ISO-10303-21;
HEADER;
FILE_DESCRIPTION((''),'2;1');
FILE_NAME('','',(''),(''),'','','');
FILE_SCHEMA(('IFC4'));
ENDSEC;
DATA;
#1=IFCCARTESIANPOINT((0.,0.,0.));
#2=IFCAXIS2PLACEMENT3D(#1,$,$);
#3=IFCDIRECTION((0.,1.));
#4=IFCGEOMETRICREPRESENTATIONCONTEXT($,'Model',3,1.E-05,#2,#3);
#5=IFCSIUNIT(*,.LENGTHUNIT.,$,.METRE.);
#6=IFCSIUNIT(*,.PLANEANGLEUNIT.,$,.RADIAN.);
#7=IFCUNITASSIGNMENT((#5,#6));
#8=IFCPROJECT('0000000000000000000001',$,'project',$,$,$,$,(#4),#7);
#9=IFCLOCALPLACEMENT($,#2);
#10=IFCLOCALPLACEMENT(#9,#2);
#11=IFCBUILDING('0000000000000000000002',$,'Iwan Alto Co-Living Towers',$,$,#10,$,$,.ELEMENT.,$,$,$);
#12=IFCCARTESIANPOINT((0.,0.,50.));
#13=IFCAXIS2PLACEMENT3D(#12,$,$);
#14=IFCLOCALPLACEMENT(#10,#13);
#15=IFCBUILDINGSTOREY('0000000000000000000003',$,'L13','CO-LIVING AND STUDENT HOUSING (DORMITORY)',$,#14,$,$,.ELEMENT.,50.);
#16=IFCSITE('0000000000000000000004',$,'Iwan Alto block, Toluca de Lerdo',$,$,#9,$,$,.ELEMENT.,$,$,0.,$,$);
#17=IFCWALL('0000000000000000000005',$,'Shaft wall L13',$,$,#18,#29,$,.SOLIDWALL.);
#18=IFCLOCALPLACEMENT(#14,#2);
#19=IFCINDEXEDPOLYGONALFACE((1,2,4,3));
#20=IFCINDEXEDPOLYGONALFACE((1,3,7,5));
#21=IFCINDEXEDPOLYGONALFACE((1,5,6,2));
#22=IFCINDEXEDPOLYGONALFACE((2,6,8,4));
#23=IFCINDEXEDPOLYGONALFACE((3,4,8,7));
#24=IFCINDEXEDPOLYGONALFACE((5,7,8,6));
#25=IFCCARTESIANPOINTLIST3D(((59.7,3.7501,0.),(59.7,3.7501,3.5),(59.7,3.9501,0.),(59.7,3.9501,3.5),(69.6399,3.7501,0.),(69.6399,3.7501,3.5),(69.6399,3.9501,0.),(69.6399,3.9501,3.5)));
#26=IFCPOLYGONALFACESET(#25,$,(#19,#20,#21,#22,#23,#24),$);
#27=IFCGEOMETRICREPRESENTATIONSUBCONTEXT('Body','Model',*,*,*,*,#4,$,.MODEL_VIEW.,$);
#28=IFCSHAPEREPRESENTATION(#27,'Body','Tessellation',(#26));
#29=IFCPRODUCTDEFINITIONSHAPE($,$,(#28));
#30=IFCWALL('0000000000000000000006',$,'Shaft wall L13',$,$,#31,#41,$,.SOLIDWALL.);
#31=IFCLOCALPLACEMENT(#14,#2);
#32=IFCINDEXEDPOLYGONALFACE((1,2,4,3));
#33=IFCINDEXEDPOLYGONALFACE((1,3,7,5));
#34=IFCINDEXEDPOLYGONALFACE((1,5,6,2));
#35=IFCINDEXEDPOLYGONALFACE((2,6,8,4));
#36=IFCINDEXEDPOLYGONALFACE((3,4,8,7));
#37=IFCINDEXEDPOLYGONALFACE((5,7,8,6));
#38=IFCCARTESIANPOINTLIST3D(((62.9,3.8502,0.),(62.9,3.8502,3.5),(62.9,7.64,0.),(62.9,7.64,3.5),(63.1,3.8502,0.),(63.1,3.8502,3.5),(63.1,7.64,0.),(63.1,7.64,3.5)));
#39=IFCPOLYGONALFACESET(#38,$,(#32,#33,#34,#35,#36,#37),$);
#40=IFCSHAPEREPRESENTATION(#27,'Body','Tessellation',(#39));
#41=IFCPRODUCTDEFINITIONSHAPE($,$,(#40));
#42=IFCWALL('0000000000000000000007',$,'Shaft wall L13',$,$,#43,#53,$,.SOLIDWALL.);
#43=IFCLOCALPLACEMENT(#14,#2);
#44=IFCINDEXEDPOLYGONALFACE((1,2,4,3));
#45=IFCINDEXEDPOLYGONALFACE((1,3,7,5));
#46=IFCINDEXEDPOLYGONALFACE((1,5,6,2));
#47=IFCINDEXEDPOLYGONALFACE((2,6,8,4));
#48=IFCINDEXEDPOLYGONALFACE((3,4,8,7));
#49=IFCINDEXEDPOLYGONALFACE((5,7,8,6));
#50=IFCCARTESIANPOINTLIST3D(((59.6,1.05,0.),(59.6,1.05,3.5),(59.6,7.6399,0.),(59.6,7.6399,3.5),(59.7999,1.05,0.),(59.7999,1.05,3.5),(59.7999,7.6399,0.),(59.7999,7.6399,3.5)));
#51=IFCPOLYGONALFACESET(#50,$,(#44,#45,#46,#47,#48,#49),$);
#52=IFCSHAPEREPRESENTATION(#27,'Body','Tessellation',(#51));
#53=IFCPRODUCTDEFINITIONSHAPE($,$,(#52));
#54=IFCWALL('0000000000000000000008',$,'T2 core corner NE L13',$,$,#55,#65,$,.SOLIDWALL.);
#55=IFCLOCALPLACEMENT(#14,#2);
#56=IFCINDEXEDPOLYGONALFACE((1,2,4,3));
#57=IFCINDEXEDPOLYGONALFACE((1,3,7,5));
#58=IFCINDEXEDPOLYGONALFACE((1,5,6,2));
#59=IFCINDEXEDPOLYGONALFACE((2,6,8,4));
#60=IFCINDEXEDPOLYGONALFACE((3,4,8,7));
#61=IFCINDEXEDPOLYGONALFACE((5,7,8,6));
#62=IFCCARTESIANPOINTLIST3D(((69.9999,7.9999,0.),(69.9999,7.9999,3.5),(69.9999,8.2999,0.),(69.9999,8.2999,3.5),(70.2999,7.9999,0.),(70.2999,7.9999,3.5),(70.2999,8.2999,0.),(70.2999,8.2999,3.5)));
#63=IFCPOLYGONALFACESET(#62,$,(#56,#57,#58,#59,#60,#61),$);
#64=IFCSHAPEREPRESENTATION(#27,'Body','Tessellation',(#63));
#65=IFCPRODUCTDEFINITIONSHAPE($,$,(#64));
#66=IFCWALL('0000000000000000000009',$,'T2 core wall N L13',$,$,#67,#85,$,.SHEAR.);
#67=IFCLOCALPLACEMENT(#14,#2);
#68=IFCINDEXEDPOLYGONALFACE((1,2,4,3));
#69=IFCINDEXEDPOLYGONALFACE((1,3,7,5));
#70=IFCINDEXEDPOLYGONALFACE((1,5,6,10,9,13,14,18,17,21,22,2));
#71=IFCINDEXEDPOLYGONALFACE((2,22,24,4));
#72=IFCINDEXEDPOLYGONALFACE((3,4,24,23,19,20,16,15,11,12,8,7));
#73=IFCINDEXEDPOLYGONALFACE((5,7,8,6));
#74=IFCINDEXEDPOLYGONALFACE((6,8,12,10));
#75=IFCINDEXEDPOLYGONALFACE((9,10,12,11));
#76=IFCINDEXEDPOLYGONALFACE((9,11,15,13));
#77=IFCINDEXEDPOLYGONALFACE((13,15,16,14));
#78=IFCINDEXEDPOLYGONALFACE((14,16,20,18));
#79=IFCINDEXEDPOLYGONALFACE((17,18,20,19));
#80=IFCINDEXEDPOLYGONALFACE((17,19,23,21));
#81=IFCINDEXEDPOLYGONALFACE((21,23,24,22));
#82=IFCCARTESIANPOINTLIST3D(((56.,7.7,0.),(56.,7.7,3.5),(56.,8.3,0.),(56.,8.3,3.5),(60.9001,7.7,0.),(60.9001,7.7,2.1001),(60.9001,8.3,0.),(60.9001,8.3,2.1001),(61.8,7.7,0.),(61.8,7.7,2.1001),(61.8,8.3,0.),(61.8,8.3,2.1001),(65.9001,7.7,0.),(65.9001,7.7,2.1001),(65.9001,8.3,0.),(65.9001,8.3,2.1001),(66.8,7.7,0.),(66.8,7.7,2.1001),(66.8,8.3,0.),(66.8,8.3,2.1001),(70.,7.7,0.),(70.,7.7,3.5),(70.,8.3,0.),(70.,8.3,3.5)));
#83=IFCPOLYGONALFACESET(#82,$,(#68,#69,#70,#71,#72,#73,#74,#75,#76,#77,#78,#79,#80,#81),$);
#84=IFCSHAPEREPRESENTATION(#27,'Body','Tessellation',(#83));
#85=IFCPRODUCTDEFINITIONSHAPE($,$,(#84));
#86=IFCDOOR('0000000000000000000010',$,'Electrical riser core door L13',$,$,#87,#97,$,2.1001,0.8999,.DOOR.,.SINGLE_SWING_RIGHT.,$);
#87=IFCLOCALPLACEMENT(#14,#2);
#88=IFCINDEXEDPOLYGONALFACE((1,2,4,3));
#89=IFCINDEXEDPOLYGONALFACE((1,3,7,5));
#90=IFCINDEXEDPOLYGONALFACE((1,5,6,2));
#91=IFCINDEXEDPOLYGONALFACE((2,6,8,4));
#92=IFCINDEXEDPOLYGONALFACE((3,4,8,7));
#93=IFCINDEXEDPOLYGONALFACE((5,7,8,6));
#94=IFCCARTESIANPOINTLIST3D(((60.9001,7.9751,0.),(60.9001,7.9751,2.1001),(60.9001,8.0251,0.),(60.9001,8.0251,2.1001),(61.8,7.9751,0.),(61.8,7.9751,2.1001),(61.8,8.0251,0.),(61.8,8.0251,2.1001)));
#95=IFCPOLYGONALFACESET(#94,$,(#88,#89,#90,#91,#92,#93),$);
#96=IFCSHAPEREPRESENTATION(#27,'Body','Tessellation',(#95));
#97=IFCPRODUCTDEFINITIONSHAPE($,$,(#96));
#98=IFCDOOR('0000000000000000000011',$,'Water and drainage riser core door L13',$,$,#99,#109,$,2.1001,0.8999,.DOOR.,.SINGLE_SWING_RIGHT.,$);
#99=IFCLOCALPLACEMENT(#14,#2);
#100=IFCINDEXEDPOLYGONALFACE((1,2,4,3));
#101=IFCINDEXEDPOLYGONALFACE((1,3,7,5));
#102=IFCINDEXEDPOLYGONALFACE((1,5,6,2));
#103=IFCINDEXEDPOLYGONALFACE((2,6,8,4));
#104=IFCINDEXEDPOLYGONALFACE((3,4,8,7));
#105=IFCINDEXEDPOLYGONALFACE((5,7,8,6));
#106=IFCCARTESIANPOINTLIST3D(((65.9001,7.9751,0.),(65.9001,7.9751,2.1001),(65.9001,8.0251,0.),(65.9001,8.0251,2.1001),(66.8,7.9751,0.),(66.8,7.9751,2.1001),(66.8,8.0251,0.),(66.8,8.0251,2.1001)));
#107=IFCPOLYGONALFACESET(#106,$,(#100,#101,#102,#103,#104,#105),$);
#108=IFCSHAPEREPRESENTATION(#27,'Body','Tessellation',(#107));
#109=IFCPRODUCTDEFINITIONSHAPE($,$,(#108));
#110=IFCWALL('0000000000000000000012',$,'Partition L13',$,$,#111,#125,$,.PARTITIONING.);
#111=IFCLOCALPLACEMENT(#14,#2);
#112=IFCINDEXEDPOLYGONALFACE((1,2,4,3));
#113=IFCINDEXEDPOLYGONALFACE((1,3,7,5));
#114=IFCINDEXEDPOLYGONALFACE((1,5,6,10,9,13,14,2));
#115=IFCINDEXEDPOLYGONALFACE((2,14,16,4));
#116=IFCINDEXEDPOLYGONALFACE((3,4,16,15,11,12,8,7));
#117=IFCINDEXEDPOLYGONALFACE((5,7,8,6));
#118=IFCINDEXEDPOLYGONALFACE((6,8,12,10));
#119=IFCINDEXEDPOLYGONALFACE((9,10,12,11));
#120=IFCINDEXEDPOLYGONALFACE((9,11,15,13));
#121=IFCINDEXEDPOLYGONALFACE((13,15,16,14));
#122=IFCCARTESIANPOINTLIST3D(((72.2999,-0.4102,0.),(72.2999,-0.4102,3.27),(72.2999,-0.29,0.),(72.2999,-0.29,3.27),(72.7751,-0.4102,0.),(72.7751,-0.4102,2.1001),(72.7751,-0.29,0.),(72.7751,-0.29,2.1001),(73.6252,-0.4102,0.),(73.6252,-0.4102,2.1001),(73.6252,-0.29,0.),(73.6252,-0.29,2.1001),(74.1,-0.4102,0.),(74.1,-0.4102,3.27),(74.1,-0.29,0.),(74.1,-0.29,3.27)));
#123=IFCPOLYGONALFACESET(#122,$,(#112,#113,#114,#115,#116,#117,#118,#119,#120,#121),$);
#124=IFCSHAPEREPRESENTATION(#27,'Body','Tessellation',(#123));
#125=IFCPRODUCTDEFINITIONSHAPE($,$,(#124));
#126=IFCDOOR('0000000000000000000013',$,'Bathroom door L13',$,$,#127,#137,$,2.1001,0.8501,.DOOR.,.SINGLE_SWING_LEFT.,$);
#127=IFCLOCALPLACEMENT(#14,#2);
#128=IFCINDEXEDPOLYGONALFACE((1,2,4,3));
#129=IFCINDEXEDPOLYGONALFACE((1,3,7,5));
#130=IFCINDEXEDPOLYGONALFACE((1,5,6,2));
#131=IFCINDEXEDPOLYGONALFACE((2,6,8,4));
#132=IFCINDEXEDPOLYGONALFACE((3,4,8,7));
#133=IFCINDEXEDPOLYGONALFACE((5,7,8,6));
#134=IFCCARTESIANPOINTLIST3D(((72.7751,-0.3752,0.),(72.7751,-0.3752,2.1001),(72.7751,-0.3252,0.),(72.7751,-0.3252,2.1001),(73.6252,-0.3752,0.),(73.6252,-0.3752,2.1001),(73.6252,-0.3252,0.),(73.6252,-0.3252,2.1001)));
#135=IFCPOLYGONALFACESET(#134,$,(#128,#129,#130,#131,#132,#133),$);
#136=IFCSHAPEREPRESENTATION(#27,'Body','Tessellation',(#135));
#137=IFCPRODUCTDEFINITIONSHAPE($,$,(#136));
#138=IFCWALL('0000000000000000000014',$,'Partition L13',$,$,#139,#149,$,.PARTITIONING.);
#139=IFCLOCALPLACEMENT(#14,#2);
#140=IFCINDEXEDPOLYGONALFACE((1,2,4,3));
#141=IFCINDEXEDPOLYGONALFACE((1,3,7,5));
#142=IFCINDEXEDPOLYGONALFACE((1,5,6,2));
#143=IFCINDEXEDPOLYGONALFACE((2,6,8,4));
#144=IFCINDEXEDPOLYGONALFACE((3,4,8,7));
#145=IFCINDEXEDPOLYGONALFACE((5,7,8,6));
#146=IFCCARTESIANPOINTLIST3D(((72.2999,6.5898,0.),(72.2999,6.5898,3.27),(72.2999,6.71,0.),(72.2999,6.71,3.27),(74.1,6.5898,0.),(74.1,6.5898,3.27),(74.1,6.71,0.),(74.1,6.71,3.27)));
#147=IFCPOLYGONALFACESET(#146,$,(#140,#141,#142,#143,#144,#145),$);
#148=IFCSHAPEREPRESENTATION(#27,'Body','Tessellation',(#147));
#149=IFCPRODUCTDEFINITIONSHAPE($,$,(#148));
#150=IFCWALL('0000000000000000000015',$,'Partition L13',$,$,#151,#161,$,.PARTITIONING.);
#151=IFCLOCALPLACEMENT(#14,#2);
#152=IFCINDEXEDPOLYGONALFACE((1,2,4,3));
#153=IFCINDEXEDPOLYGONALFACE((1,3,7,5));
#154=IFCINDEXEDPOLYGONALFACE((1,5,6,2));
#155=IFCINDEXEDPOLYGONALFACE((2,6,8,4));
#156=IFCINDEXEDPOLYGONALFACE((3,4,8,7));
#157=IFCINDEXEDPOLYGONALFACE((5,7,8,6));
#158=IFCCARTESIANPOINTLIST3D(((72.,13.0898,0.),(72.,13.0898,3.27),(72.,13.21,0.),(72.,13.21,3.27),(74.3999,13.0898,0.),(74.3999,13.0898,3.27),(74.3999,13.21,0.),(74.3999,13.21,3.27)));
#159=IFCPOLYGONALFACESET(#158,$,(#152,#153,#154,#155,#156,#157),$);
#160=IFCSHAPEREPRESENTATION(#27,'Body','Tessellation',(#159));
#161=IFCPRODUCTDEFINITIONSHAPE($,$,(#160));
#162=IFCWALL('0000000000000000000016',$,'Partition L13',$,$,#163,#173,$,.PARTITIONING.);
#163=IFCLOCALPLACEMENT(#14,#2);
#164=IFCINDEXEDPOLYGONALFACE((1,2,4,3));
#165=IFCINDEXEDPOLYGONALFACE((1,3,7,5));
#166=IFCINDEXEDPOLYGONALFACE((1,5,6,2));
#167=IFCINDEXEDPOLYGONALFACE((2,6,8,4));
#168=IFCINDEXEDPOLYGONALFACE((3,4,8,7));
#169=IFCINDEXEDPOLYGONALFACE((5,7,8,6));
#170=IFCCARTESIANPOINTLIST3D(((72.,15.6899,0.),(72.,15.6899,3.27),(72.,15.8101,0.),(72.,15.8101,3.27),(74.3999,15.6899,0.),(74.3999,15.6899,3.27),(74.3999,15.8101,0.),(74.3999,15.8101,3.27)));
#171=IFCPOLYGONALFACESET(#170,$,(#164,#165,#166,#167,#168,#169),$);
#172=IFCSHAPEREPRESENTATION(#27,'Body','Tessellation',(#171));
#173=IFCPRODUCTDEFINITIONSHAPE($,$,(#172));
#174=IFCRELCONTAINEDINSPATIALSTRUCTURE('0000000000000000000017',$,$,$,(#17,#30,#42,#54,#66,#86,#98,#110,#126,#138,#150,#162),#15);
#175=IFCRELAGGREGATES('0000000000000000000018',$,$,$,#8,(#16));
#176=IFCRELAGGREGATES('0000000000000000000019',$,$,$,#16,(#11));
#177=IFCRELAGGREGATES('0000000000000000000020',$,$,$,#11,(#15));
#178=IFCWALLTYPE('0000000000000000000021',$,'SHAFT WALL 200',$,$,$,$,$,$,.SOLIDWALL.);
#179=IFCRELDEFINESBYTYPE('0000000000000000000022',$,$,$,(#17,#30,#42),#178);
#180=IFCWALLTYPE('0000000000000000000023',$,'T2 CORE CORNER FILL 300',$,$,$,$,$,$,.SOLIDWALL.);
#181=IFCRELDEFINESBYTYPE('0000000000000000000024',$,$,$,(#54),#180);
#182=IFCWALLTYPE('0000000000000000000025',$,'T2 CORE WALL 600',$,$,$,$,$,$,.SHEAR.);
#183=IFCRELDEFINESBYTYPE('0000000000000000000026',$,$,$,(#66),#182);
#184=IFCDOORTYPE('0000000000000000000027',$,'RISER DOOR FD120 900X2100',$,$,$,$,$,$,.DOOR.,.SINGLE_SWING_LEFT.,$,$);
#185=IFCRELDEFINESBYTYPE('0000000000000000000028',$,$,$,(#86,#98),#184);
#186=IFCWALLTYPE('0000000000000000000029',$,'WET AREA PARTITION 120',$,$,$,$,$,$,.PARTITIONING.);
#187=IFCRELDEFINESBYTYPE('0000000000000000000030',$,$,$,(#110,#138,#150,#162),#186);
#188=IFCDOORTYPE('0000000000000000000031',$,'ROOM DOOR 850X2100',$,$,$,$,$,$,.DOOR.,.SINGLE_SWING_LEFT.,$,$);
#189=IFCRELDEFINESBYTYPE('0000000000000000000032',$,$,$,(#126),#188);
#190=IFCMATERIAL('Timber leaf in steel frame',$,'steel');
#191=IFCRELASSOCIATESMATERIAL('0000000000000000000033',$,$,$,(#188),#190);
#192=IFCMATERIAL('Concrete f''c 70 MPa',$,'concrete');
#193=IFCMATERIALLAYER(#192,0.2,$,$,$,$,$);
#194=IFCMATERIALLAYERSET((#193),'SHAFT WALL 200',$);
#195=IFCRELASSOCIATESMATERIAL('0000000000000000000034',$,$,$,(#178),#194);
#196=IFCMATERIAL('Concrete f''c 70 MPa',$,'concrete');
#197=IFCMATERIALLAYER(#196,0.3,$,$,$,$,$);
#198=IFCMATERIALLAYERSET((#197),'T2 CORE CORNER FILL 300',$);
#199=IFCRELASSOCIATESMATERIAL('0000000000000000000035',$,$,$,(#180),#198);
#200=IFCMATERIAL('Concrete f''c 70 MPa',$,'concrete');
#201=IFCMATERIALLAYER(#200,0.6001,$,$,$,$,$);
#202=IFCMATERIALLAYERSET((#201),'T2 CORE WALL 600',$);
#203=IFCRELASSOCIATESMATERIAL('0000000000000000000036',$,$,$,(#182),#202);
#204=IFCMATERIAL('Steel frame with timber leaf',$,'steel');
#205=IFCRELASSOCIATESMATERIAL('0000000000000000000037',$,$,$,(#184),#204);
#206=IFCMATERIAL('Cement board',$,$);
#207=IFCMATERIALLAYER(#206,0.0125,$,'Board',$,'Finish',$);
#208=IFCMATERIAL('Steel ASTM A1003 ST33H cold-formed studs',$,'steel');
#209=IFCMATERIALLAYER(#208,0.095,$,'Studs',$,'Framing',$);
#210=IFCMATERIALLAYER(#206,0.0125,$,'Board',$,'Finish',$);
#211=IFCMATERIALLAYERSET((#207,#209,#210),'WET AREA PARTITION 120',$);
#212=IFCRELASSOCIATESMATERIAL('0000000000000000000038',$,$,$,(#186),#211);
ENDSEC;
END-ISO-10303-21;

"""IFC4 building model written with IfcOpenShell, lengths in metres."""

from ifc_helpers import new_model, si_unit, direction, frame, frame_2d, origin, place, context, subcontext, project, spatial, rectangle, extrude, material, layer, layer_set, type_object, element, fill, save


model = new_model("IFC4")

# Units and contexts
model_context = context("Model", 3, precision=1e-05, world=origin(), true_north=direction((0.0, 1.0)))
body_context = subcontext(model_context, "Body", "Model", "MODEL_VIEW")
ifc_project = project(units=[si_unit("LENGTHUNIT", "METRE"), si_unit("PLANEANGLEUNIT", "RADIAN")], contexts=[model_context])

# Site, building, storey
site_placement = place(None, origin())
site = spatial("IfcSite", under=ifc_project, at=site_placement, Name="Iwan Alto block, Toluca de Lerdo", CompositionType="ELEMENT", RefElevation=0.0)
building_placement = place(site_placement, origin())
building = spatial("IfcBuilding", under=site, at=building_placement, Name="Iwan Alto Co-Living Towers", CompositionType="ELEMENT")
storey_placement = place(building_placement, frame((0.0, 0.0, 50.0)))
storey = spatial("IfcBuildingStorey", under=building, at=storey_placement, Name="L13", Description="CO-LIVING AND STUDENT HOUSING (DORMITORY)", CompositionType="ELEMENT", Elevation=50.0)

# Shared definitions
ifc_material_1 = material(Name="Steel ASTM A1003 ST33H cold-formed studs", Category="steel")
ifc_material_2 = material(Name="Timber leaf in steel frame", Category="steel")
door_type_1 = type_object("IfcDoorType", Name="ROOM DOOR 850X2100", OperationType="SINGLE_SWING_LEFT", PredefinedType="DOOR", material=ifc_material_2)

# Walls
ifc_material_3 = material(Name="Concrete f'c 70 MPa", Category="concrete")
ifc_layer_1 = layer(ifc_material_3, 0.2)
ifc_layer_set_1 = layer_set([ifc_layer_1], Name="SHAFT WALL 200")
wall_type_1 = type_object("IfcWallType", Name="SHAFT WALL 200", PredefinedType="SOLIDWALL", material=ifc_layer_set_1)
wall_1_placement = place(storey_placement, frame((59.7, 3.8501, 0.0), z_axis=(0.0, 0.0, 1.0), x_axis=(1.0, 0.0, 0.0)))
element("IfcWall", 1, at=wall_1_placement, inside=storey, type_object=wall_type_1, Name="Shaft wall L13", PredefinedType="SOLIDWALL", context=body_context, shape_type="SweptSolid", body=[
    extrude(rectangle(XDim=9.9399, YDim=0.2, at=frame_2d((4.97, 0.0))), origin(), (0.0, 0.0, 1.0), 3.5),
])
wall_2_placement = place(storey_placement, frame((63.0, 3.8501, 0.0), z_axis=(0.0, 0.0, 1.0), x_axis=(0.0, 1.0, 0.0)))
element("IfcWall", 2, at=wall_2_placement, inside=storey, type_object=wall_type_1, Name="Shaft wall L13", PredefinedType="SOLIDWALL", context=body_context, shape_type="SweptSolid", body=[
    extrude(rectangle(XDim=3.7898, YDim=0.2, at=frame_2d((1.895, 0.0))), origin(), (0.0, 0.0, 1.0), 3.5),
])
wall_3_placement = place(storey_placement, frame((59.7, 1.05, 0.0), z_axis=(0.0, 0.0, 1.0), x_axis=(0.0, 1.0, 0.0)))
element("IfcWall", 3, at=wall_3_placement, inside=storey, type_object=wall_type_1, Name="Shaft wall L13", PredefinedType="SOLIDWALL", context=body_context, shape_type="SweptSolid", body=[
    extrude(rectangle(XDim=6.5898, YDim=0.2, at=frame_2d((3.2949, 0.0))), origin(), (0.0, 0.0, 1.0), 3.5),
])
ifc_material_4 = material(Name="Concrete f'c 70 MPa", Category="concrete")
ifc_layer_2 = layer(ifc_material_4, 0.3)
ifc_layer_set_2 = layer_set([ifc_layer_2], Name="T2 CORE CORNER FILL 300")
wall_type_2 = type_object("IfcWallType", Name="T2 CORE CORNER FILL 300", PredefinedType="SOLIDWALL", material=ifc_layer_set_2)
wall_4_placement = place(storey_placement, frame((70.0, 8.1499, 0.0), z_axis=(0.0, 0.0, 1.0), x_axis=(1.0, 0.0, 0.0)))
element("IfcWall", 4, at=wall_4_placement, inside=storey, type_object=wall_type_2, Name="T2 core corner NE L13", PredefinedType="SOLIDWALL", context=body_context, shape_type="SweptSolid", body=[
    extrude(rectangle(XDim=0.3, YDim=0.3, at=frame_2d((0.1499, 0.0))), origin(), (0.0, 0.0, 1.0), 3.5),
])

# Wall, openings, doors
ifc_material_5 = material(Name="Concrete f'c 70 MPa", Category="concrete")
ifc_layer_3 = layer(ifc_material_5, 0.6001)
ifc_layer_set_3 = layer_set([ifc_layer_3], Name="T2 CORE WALL 600")
wall_type_3 = type_object("IfcWallType", Name="T2 CORE WALL 600", PredefinedType="SHEAR", material=ifc_layer_set_3)
wall_5_placement = place(storey_placement, frame((70.0, 8.0, 0.0), z_axis=(0.0, 0.0, 1.0), x_axis=(-1.0, 0.0, 0.0)))
wall_5 = element("IfcWall", 5, at=wall_5_placement, inside=storey, type_object=wall_type_3, Name="T2 core wall N L13", PredefinedType="SHEAR", context=body_context, shape_type="SweptSolid", body=[
    extrude(rectangle(XDim=14.0, YDim=0.6001, at=frame_2d((7.0, 0.0))), origin(), (0.0, 0.0, 1.0), 3.5),
])
opening_1_placement = place(wall_5_placement, frame((8.2, 0.0, 0.0)))
opening_1 = element("IfcOpeningElement", 6, at=opening_1_placement, cuts=wall_5, PredefinedType="OPENING", context=body_context, shape_type="SweptSolid", body=[
    extrude(rectangle(XDim=0.8999, YDim=2.1001, at=frame_2d((0.45, 1.05))), frame((0.0, 0.3101, 0.0), z_axis=(0.0, -1.0, 0.0), x_axis=(1.0, 0.0, 0.0)), (0.0, 0.0, 1.0), 0.6201),
])
opening_2_placement = place(wall_5_placement, frame((3.2, 0.0, 0.0)))
opening_2 = element("IfcOpeningElement", 7, at=opening_2_placement, cuts=wall_5, PredefinedType="OPENING", context=body_context, shape_type="SweptSolid", body=[
    extrude(rectangle(XDim=0.8999, YDim=2.1001, at=frame_2d((0.45, 1.05))), frame((0.0, 0.3101, 0.0), z_axis=(0.0, -1.0, 0.0), x_axis=(1.0, 0.0, 0.0)), (0.0, 0.0, 1.0), 0.6201),
])
ifc_material_6 = material(Name="Steel frame with timber leaf", Category="steel")
door_type_2 = type_object("IfcDoorType", Name="RISER DOOR FD120 900X2100", OperationType="SINGLE_SWING_LEFT", PredefinedType="DOOR", material=ifc_material_6)
door_1_placement = place(opening_1_placement, origin())
door_1 = element("IfcDoor", 8, at=door_1_placement, inside=storey, type_object=door_type_2, Name="Electrical riser core door L13", OperationType="SINGLE_SWING_RIGHT", OverallHeight=2.1001, OverallWidth=0.8999, PredefinedType="DOOR", context=body_context, shape_type="SweptSolid", body=[
    extrude(rectangle(XDim=0.8999, YDim=2.1001, at=frame_2d((0.45, 1.05))), frame((0.0, 0.0249, 0.0), z_axis=(0.0, -1.0, 0.0), x_axis=(1.0, 0.0, 0.0)), (0.0, 0.0, 1.0), 0.05),
])
fill(opening_1, door_1)
door_2_placement = place(opening_2_placement, origin())
door_2 = element("IfcDoor", 9, at=door_2_placement, inside=storey, type_object=door_type_2, Name="Water and drainage riser core door L13", OperationType="SINGLE_SWING_RIGHT", OverallHeight=2.1001, OverallWidth=0.8999, PredefinedType="DOOR", context=body_context, shape_type="SweptSolid", body=[
    extrude(rectangle(XDim=0.8999, YDim=2.1001, at=frame_2d((0.45, 1.05))), frame((0.0, 0.0249, 0.0), z_axis=(0.0, -1.0, 0.0), x_axis=(1.0, 0.0, 0.0)), (0.0, 0.0, 1.0), 0.05),
])
fill(opening_2, door_2)

# Wall, opening, door
ifc_material_7 = material(Name="Cement board")
ifc_layer_4 = layer(ifc_material_7, 0.0125, Name="Board", Category="Finish")
ifc_layer_5 = layer(ifc_material_1, 0.095, Name="Studs", Category="Framing")
ifc_layer_6 = layer(ifc_material_7, 0.0125, Name="Board", Category="Finish")
ifc_layer_set_4 = layer_set([ifc_layer_4, ifc_layer_5, ifc_layer_6], Name="WET AREA PARTITION 120")
wall_type_4 = type_object("IfcWallType", Name="WET AREA PARTITION 120", PredefinedType="PARTITIONING", material=ifc_layer_set_4)
wall_6_placement = place(storey_placement, frame((72.3, -0.3501, 0.0), z_axis=(0.0, 0.0, 1.0), x_axis=(1.0, 0.0, 0.0)))
wall_6 = element("IfcWall", 10, at=wall_6_placement, inside=storey, type_object=wall_type_4, Name="Partition L13", PredefinedType="PARTITIONING", context=body_context, shape_type="SweptSolid", body=[
    extrude(rectangle(XDim=1.8, YDim=0.1201, at=frame_2d((0.8999, 0.0))), origin(), (0.0, 0.0, 1.0), 3.27),
])
opening_3_placement = place(wall_6_placement, frame((0.4751, 0.0, 0.0)))
opening_3 = element("IfcOpeningElement", 11, at=opening_3_placement, cuts=wall_6, PredefinedType="OPENING", context=body_context, shape_type="SweptSolid", body=[
    extrude(rectangle(XDim=0.8501, YDim=2.1001, at=frame_2d((0.425, 1.05))), frame((0.0, 0.0701, 0.0), z_axis=(0.0, -1.0, 0.0), x_axis=(1.0, 0.0, 0.0)), (0.0, 0.0, 1.0), 0.1401),
])
door_3_placement = place(opening_3_placement, origin())
door_3 = element("IfcDoor", 12, at=door_3_placement, inside=storey, type_object=door_type_1, Name="Bathroom door L13", OperationType="SINGLE_SWING_LEFT", OverallHeight=2.1001, OverallWidth=0.8501, PredefinedType="DOOR", context=body_context, shape_type="SweptSolid", body=[
    extrude(rectangle(XDim=0.8501, YDim=2.1001, at=frame_2d((0.425, 1.05))), frame((0.0, 0.0249, 0.0), z_axis=(0.0, -1.0, 0.0), x_axis=(1.0, 0.0, 0.0)), (0.0, 0.0, 1.0), 0.05),
])
fill(opening_3, door_3)

# Walls
wall_7_placement = place(storey_placement, frame((72.3, 6.6499, 0.0), z_axis=(0.0, 0.0, 1.0), x_axis=(1.0, 0.0, 0.0)))
element("IfcWall", 13, at=wall_7_placement, inside=storey, type_object=wall_type_4, Name="Partition L13", PredefinedType="PARTITIONING", context=body_context, shape_type="SweptSolid", body=[
    extrude(rectangle(XDim=1.8, YDim=0.1201, at=frame_2d((0.8999, 0.0))), origin(), (0.0, 0.0, 1.0), 3.27),
])
for number, where, z_axis, x_axis, name in (
    (14, (72.0, 13.1499, 0.0), (0.0, 0.0, 1.0), (1.0, 0.0, 0.0), "Partition L13"),
    (15, (72.0, 15.75, 0.0), (0.0, 0.0, 1.0), (1.0, 0.0, 0.0), "Partition L13"),
):
    element("IfcWall", number, at=place(storey_placement, frame(where, z_axis=z_axis, x_axis=x_axis)), inside=storey, type_object=wall_type_4, Name=name, PredefinedType="PARTITIONING", context=body_context, shape_type="SweptSolid", body=[
        extrude(rectangle(XDim=2.3999, YDim=0.1201, at=frame_2d((1.2, 0.0))), origin(), (0.0, 0.0, 1.0), 3.27),
    ])

save(model, "model.ifc")
